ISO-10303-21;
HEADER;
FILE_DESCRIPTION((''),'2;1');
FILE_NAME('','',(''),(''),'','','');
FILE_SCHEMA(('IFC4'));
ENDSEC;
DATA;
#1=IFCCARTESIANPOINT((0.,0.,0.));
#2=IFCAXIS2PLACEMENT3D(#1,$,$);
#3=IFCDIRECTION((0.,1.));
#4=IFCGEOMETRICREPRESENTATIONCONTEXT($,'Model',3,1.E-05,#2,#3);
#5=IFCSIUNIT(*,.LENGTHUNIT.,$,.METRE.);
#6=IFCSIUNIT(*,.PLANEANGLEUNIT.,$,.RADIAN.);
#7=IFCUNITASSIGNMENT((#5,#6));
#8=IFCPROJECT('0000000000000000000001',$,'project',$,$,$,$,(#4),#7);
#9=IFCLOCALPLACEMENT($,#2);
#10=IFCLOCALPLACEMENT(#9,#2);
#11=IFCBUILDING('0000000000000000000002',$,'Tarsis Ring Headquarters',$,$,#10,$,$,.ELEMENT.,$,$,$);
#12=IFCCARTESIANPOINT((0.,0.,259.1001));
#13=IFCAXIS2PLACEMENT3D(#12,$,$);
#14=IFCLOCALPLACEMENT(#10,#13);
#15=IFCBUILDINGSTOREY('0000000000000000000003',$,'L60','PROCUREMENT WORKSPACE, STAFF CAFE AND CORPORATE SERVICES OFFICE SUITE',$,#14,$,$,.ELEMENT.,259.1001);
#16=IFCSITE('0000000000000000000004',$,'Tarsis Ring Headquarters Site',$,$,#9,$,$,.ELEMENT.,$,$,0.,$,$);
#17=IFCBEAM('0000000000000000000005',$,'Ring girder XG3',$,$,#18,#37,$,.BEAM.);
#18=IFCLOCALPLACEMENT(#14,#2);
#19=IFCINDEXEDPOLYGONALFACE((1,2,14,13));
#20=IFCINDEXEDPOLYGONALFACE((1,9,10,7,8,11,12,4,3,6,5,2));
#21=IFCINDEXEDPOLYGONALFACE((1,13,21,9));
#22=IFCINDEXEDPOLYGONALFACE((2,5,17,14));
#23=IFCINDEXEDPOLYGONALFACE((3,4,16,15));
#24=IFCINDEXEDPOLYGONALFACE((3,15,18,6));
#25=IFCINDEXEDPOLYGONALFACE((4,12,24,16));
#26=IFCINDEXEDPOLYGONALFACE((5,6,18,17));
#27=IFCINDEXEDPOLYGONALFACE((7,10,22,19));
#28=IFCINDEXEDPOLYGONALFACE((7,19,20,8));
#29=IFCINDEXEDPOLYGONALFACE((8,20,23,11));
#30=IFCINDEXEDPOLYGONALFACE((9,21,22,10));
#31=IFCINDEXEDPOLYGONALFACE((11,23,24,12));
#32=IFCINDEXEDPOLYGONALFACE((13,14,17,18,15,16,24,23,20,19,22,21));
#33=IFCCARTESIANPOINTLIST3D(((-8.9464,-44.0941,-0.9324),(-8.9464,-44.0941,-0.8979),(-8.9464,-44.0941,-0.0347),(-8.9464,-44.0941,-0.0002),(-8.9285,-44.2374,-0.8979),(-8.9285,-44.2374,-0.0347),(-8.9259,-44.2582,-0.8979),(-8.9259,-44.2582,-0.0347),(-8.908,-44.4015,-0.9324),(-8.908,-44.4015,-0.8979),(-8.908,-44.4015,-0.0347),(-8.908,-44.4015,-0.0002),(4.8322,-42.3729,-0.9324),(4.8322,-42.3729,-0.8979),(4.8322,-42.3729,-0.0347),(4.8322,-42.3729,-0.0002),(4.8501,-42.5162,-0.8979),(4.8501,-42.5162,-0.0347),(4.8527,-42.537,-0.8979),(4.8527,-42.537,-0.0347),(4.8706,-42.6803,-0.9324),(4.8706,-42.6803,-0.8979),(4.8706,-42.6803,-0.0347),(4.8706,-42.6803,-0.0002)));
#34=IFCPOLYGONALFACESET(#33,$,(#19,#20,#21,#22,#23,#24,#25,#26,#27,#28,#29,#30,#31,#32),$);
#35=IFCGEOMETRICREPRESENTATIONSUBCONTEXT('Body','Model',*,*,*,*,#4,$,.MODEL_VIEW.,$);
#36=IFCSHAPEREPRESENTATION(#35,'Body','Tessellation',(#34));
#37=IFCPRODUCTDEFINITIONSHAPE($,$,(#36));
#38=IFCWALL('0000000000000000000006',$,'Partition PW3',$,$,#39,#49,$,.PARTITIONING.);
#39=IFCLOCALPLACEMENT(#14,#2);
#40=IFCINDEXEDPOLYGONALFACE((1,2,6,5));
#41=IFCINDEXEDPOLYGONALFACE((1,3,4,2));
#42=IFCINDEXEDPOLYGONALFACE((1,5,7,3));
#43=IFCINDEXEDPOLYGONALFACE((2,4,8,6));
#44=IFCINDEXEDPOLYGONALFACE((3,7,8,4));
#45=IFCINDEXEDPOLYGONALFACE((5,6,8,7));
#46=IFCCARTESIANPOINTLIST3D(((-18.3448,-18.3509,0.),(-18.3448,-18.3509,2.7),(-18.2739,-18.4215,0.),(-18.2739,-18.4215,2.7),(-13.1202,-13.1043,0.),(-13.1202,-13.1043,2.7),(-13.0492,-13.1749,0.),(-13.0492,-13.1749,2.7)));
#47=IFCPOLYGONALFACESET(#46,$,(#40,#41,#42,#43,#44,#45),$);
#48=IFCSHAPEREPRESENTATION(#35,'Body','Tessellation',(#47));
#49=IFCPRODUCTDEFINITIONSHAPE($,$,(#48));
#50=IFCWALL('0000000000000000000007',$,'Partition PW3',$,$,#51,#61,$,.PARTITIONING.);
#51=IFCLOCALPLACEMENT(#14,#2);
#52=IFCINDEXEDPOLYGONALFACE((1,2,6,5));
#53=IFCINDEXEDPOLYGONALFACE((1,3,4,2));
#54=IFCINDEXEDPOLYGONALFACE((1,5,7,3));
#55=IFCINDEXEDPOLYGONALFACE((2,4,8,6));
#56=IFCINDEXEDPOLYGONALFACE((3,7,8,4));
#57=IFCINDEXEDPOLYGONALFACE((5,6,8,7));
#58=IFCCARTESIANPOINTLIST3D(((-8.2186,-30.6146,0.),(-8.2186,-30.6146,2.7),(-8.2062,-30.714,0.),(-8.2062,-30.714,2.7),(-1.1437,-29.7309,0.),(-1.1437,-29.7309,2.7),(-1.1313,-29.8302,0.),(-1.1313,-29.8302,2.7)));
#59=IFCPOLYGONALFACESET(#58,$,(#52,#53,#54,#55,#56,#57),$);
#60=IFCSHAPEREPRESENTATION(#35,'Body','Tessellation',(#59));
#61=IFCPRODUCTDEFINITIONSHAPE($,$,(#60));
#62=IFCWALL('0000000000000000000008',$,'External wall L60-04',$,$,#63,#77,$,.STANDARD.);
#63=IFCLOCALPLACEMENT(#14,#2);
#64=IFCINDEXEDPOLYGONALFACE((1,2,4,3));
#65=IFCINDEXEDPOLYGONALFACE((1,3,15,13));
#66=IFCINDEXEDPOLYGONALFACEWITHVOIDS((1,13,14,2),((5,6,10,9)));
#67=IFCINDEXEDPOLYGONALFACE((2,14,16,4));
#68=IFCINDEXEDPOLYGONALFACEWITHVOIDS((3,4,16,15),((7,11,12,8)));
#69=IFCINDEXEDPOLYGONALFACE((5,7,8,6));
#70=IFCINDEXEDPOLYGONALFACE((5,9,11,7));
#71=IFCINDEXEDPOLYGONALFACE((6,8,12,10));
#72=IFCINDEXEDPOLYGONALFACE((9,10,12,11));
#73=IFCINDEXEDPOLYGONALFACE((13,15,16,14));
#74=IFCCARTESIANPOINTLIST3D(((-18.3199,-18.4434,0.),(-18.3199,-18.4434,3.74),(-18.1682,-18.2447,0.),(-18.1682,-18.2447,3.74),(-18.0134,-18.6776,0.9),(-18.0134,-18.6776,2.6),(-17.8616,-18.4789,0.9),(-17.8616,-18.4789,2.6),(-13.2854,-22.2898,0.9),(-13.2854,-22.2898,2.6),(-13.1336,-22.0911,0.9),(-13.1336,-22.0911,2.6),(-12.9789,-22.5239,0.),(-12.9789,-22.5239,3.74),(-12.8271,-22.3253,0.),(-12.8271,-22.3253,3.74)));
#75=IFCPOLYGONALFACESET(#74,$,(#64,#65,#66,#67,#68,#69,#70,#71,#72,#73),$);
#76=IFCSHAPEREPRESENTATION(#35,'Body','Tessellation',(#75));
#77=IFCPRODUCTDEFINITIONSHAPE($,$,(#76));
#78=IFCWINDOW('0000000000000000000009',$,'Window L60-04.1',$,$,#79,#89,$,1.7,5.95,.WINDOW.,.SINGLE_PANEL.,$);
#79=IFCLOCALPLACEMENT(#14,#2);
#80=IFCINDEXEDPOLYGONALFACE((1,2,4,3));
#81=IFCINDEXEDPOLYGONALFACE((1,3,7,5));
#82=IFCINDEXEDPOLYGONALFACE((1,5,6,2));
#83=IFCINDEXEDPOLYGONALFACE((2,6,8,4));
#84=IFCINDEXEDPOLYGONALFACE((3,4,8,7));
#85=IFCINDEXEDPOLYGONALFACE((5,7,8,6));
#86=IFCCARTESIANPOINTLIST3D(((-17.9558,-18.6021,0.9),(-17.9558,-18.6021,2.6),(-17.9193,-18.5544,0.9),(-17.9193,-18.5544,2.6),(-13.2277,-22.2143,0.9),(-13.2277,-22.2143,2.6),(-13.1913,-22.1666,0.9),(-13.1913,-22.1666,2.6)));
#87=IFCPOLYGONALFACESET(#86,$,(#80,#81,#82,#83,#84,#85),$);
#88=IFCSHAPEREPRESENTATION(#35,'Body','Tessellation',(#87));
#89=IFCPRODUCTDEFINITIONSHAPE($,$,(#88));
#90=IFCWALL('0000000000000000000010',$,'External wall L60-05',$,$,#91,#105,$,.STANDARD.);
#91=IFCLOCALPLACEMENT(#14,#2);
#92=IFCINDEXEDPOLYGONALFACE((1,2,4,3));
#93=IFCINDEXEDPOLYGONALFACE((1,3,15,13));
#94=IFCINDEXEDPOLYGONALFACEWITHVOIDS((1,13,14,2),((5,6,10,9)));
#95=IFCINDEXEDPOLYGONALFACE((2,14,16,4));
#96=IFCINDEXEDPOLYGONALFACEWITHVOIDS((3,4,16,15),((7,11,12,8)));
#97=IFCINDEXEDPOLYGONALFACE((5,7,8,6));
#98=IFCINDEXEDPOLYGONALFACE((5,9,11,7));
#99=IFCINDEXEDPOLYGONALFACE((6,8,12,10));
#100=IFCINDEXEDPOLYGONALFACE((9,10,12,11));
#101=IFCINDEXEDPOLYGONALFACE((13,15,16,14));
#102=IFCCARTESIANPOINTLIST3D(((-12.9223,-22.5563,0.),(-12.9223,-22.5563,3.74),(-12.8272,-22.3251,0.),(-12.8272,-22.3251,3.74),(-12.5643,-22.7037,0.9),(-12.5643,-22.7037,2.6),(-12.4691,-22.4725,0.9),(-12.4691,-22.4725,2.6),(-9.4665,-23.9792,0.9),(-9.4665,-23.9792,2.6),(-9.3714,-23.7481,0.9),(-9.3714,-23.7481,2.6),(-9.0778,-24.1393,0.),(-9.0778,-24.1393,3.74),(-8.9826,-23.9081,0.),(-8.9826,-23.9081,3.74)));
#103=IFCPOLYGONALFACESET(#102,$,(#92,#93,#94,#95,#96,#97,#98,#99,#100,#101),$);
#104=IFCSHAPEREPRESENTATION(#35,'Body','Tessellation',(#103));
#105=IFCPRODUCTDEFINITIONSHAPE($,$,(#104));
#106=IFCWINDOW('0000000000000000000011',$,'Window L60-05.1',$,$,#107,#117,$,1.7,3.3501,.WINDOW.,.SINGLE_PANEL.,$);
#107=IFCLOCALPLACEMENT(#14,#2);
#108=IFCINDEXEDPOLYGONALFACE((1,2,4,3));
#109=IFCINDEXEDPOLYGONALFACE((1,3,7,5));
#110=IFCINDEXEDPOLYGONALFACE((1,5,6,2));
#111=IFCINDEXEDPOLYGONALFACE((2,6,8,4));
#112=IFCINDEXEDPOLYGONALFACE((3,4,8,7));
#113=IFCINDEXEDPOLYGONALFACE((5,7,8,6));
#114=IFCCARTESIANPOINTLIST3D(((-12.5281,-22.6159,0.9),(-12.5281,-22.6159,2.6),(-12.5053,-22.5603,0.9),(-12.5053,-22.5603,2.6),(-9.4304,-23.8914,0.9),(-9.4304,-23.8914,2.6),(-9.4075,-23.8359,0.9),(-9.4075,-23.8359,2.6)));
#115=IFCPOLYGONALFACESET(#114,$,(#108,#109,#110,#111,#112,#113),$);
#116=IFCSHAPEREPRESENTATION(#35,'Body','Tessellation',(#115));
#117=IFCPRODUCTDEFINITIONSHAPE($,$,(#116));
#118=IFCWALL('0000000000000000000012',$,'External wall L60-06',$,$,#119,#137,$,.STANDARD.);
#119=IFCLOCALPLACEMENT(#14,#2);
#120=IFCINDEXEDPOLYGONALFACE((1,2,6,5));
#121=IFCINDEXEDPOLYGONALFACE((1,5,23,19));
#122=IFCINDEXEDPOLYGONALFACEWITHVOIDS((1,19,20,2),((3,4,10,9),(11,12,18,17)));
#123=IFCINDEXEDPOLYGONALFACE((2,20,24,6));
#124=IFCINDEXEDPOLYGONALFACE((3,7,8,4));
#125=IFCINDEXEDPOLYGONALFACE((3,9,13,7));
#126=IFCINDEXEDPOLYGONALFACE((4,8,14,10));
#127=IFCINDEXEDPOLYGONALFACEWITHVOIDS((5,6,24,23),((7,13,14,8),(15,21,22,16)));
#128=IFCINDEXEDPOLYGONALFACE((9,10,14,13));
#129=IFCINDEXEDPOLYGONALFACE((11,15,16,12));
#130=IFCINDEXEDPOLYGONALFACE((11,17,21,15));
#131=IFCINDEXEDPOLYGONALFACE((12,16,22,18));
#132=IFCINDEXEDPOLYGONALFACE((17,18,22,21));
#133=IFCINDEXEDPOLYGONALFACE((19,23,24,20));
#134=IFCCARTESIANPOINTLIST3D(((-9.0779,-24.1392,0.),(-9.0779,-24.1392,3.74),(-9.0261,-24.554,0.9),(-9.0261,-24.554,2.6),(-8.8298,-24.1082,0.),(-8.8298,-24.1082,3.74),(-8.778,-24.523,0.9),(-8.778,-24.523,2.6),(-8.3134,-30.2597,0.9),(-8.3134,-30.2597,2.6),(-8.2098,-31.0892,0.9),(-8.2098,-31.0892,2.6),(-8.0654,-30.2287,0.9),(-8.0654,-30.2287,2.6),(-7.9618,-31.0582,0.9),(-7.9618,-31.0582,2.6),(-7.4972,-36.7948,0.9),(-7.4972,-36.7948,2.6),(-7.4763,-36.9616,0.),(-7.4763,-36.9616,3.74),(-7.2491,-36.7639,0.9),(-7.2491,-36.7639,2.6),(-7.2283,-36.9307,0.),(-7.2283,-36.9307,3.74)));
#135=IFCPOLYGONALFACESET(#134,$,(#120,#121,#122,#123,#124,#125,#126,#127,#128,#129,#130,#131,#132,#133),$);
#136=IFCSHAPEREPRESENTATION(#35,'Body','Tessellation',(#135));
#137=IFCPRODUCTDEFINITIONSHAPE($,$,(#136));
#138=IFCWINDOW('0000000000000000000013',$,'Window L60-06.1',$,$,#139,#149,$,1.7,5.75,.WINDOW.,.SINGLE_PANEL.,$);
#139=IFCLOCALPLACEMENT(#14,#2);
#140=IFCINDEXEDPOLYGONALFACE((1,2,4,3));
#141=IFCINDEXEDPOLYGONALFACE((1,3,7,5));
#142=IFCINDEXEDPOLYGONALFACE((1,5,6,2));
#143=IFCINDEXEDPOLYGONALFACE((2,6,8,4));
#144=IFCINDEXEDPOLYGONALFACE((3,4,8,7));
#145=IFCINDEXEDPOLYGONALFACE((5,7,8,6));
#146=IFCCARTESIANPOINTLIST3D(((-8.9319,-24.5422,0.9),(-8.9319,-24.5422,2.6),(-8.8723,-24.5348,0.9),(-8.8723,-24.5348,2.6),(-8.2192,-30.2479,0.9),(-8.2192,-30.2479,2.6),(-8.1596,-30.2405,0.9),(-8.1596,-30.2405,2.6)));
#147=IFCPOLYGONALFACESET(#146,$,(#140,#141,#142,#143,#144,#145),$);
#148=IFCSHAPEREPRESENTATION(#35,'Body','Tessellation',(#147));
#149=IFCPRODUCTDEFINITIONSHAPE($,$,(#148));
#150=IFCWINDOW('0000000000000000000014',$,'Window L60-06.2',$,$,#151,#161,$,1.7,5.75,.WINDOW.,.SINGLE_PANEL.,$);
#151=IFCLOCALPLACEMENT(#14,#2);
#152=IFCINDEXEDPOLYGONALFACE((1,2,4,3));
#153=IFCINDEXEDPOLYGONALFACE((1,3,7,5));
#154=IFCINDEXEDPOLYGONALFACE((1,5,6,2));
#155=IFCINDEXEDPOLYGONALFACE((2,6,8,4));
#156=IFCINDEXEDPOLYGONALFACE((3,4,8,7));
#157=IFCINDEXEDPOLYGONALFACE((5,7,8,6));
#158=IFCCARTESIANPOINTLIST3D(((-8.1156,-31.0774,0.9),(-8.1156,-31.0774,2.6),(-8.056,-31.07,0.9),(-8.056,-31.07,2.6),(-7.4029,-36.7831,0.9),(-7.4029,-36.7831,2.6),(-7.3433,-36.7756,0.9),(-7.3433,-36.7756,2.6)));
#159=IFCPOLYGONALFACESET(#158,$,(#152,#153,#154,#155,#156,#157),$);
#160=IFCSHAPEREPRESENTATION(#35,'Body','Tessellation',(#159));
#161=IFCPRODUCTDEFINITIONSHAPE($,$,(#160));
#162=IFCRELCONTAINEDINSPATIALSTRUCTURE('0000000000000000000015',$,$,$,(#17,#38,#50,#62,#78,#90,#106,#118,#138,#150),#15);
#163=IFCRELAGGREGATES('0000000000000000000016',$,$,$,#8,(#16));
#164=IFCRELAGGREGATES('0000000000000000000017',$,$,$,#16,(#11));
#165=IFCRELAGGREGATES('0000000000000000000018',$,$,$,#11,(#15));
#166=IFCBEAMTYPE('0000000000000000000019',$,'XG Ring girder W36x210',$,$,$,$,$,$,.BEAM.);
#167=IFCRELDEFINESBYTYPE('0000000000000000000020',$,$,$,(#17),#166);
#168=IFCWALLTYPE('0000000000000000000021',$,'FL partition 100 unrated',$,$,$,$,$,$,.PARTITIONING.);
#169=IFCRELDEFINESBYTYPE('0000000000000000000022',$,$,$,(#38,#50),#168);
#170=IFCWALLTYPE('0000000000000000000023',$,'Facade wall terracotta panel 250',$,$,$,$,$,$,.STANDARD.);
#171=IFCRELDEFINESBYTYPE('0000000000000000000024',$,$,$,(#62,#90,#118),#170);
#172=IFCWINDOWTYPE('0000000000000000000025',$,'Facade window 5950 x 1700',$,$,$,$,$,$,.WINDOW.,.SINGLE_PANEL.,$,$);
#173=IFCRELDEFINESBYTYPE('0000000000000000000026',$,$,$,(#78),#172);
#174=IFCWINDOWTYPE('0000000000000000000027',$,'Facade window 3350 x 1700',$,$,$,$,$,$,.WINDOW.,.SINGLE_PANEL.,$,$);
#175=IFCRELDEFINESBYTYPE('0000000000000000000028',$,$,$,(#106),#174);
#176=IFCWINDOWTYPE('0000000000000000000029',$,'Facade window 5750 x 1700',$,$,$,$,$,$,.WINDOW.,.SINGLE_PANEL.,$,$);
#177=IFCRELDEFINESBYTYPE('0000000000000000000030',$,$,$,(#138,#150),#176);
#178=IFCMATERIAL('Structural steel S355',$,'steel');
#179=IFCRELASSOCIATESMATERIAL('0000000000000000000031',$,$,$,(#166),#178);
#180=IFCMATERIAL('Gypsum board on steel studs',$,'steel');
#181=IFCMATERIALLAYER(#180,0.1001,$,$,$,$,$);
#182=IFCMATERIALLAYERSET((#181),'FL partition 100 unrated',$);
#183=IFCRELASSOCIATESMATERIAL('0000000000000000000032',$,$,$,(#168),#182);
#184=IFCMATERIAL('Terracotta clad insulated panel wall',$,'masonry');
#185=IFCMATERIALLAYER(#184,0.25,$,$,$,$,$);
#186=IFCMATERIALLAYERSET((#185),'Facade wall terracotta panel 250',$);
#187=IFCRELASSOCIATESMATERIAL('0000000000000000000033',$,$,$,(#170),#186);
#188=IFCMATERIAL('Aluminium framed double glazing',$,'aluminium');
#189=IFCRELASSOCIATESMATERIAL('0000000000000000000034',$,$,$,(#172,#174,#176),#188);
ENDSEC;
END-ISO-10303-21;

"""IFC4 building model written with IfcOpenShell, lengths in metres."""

from ifc_helpers import new_model, si_unit, direction, frame, frame_2d, origin, origin_2d, place, context, subcontext, project, spatial, rectangle, i_section, extrude, material, layer, layer_set, material_profile, profile_set, type_object, element, fill, save


model = new_model("IFC4")

# Units and contexts
model_context = context("Model", 3, precision=1e-05, world=origin(), true_north=direction((0.0, 1.0)))
body_context = subcontext(model_context, "Body", "Model", "MODEL_VIEW")
ifc_project = project(units=[si_unit("LENGTHUNIT", "METRE"), si_unit("PLANEANGLEUNIT", "RADIAN")], contexts=[model_context])

# Site, building, storey
site_placement = place(None, origin())
site = spatial("IfcSite", under=ifc_project, at=site_placement, Name="Tarsis Ring Headquarters Site", CompositionType="ELEMENT", RefElevation=0.0)
building_placement = place(site_placement, origin())
building = spatial("IfcBuilding", under=site, at=building_placement, Name="Tarsis Ring Headquarters", CompositionType="ELEMENT")
storey_placement = place(building_placement, frame((0.0, 0.0, 259.1001)))
storey = spatial("IfcBuildingStorey", under=building, at=storey_placement, Name="L60", Description="PROCUREMENT WORKSPACE, STAFF CAFE AND CORPORATE SERVICES OFFICE SUITE", CompositionType="ELEMENT", Elevation=259.1001)

# Shared definitions
ifc_material_1 = material(Name="Structural steel S355", Category="steel")

# Beam
ifc_material_profile_1 = material_profile(ifc_material_1, i_section(OverallWidth=0.3098, OverallDepth=0.9321, WebThickness=0.021, FlangeThickness=0.0344, at=origin_2d()), Name="W36x210")
ifc_profile_set_1 = profile_set([ifc_material_profile_1], Name="Structural steel S355")
beam_type_1 = type_object("IfcBeamType", Name="XG Ring girder W36x210", PredefinedType="BEAM", material=ifc_profile_set_1)
beam_1_placement = place(storey_placement, frame((-8.9272, -44.2478, -0.4663), z_axis=(0.992288, 0.123955, 0.0), x_axis=(-0.123955, 0.992288, 0.0)))
element("IfcBeam", 1, at=beam_1_placement, inside=storey, type_object=beam_type_1, Name="Ring girder XG3", PredefinedType="BEAM", context=body_context, shape_type="SweptSolid", body=[
    extrude(i_section(OverallWidth=0.3098, OverallDepth=0.9321, WebThickness=0.021, FlangeThickness=0.0344, at=origin_2d()), origin(), (0.0, 0.0, 1.0), 13.8857),
])

# Walls
ifc_material_2 = material(Name="Gypsum board on steel studs", Category="steel")
ifc_layer_1 = layer(ifc_material_2, 0.1001)
ifc_layer_set_1 = layer_set([ifc_layer_1], Name="FL partition 100 unrated")
wall_type_1 = type_object("IfcWallType", Name="FL partition 100 unrated", PredefinedType="PARTITIONING", material=ifc_layer_set_1)
wall_1_placement = place(storey_placement, frame((-18.3093, -18.3862, 0.0), z_axis=(0.0, 0.0, 1.0), x_axis=(0.705621, 0.708589, 0.0)))
element("IfcWall", 2, at=wall_1_placement, inside=storey, type_object=wall_type_1, Name="Partition PW3", PredefinedType="PARTITIONING", context=body_context, shape_type="SweptSolid", body=[
    extrude(rectangle(XDim=7.4043, YDim=0.1001, at=frame_2d((3.7021, 0.0))), origin(), (0.0, 0.0, 1.0), 2.7),
])
wall_2_placement = place(storey_placement, frame((-8.2124, -30.6643, 0.0), z_axis=(0.0, 0.0, 1.0), x_axis=(0.992288, 0.123955, 0.0)))
element("IfcWall", 3, at=wall_2_placement, inside=storey, type_object=wall_type_1, Name="Partition PW3", PredefinedType="PARTITIONING", context=body_context, shape_type="SweptSolid", body=[
    extrude(rectangle(XDim=7.1299, YDim=0.1001, at=frame_2d((3.5649, 0.0))), origin(), (0.0, 0.0, 1.0), 2.7),
])

# Walls, openings, windows
ifc_material_3 = material(Name="Terracotta clad insulated panel wall", Category="masonry")
ifc_layer_2 = layer(ifc_material_3, 0.25)
ifc_layer_set_2 = layer_set([ifc_layer_2], Name="Facade wall terracotta panel 250")
wall_type_2 = type_object("IfcWallType", Name="Facade wall terracotta panel 250", PredefinedType="STANDARD", material=ifc_layer_set_2)
wall_3_placement = place(storey_placement, frame((-18.2441, -18.344, 0.0), z_axis=(0.0, 0.0, 1.0), x_axis=(0.794629, -0.607095, 0.0)))
wall_3 = element("IfcWall", 4, at=wall_3_placement, inside=storey, type_object=wall_type_2, Name="External wall L60-04", PredefinedType="STANDARD", context=body_context, shape_type="SweptSolid", body=[
    extrude(rectangle(XDim=6.7214, YDim=0.25, at=frame_2d((3.3608, 0.0))), origin(), (0.0, 0.0, 1.0), 3.74),
])
opening_1_placement = place(wall_3_placement, frame((0.3857, 0.0, 0.8999)))
opening_1 = element("IfcOpeningElement", 5, at=opening_1_placement, cuts=wall_3, PredefinedType="OPENING", context=body_context, shape_type="SweptSolid", body=[
    extrude(rectangle(XDim=5.95, YDim=1.7, at=frame_2d((2.9751, 0.8501))), frame((0.0, 0.135, 0.0), z_axis=(0.0, -1.0, 0.0), x_axis=(1.0, 0.0, 0.0)), (0.0, 0.0, 1.0), 0.27),
])
ifc_material_4 = material(Name="Aluminium framed double glazing", Category="aluminium")
window_type_1 = type_object("IfcWindowType", Name="Facade window 5950 x 1700", PartitioningType="SINGLE_PANEL", PredefinedType="WINDOW", material=ifc_material_4)
window_1_placement = place(opening_1_placement, origin())
window_1 = element("IfcWindow", 6, at=window_1_placement, inside=storey, type_object=window_type_1, Name="Window L60-04.1", OverallHeight=1.7, OverallWidth=5.95, PartitioningType="SINGLE_PANEL", PredefinedType="WINDOW", context=body_context, shape_type="SweptSolid", body=[
    extrude(rectangle(XDim=5.95, YDim=1.7, at=frame_2d((2.9751, 0.8501))), frame((0.0, 0.03, 0.0), z_axis=(0.0, -1.0, 0.0), x_axis=(1.0, 0.0, 0.0)), (0.0, 0.0, 1.0), 0.0601),
])
fill(opening_1, window_1)
wall_4_placement = place(storey_placement, frame((-12.8748, -22.4407, 0.0), z_axis=(0.0, 0.0, 1.0), x_axis=(0.924679, -0.380747, 0.0)))
wall_4 = element("IfcWall", 7, at=wall_4_placement, inside=storey, type_object=wall_type_2, Name="External wall L60-05", PredefinedType="STANDARD", context=body_context, shape_type="SweptSolid", body=[
    extrude(rectangle(XDim=4.1577, YDim=0.25, at=frame_2d((2.0789, 0.0))), origin(), (0.0, 0.0, 1.0), 3.74),
])
opening_2_placement = place(wall_4_placement, frame((0.3872, 0.0, 0.8999)))
opening_2 = element("IfcOpeningElement", 8, at=opening_2_placement, cuts=wall_4, PredefinedType="OPENING", context=body_context, shape_type="SweptSolid", body=[
    extrude(rectangle(XDim=3.3501, YDim=1.7, at=frame_2d((1.675, 0.8501))), frame((0.0, 0.135, 0.0), z_axis=(0.0, -1.0, 0.0), x_axis=(1.0, 0.0, 0.0)), (0.0, 0.0, 1.0), 0.27),
])
window_type_2 = type_object("IfcWindowType", Name="Facade window 3350 x 1700", PartitioningType="SINGLE_PANEL", PredefinedType="WINDOW", material=ifc_material_4)
window_2_placement = place(opening_2_placement, origin())
window_2 = element("IfcWindow", 9, at=window_2_placement, inside=storey, type_object=window_type_2, Name="Window L60-05.1", OverallHeight=1.7, OverallWidth=3.3501, PartitioningType="SINGLE_PANEL", PredefinedType="WINDOW", context=body_context, shape_type="SweptSolid", body=[
    extrude(rectangle(XDim=3.3501, YDim=1.7, at=frame_2d((1.675, 0.8501))), frame((0.0, 0.03, 0.0), z_axis=(0.0, -1.0, 0.0), x_axis=(1.0, 0.0, 0.0)), (0.0, 0.0, 1.0), 0.0601),
])
fill(opening_2, window_2)

# Wall, openings, windows
wall_5_placement = place(storey_placement, frame((-8.9539, -24.1238, 0.0), z_axis=(0.0, 0.0, 1.0), x_axis=(0.123939, -0.99229, 0.0)))
wall_5 = element("IfcWall", 10, at=wall_5_placement, inside=storey, type_object=wall_type_2, Name="External wall L60-06", PredefinedType="STANDARD", context=body_context, shape_type="SweptSolid", body=[
    extrude(rectangle(XDim=12.9221, YDim=0.25, at=frame_2d((6.4609, 0.0))), origin(), (0.0, 0.0, 1.0), 3.74),
])
opening_3_placement = place(wall_5_placement, frame((0.418, 0.0, 0.8999)))
opening_3 = element("IfcOpeningElement", 11, at=opening_3_placement, cuts=wall_5, PredefinedType="OPENING", context=body_context, shape_type="SweptSolid", body=[
    extrude(rectangle(XDim=5.75, YDim=1.7, at=frame_2d((2.875, 0.8501))), frame((0.0, 0.135, 0.0), z_axis=(0.0, -1.0, 0.0), x_axis=(1.0, 0.0, 0.0)), (0.0, 0.0, 1.0), 0.27),
])
opening_4_placement = place(wall_5_placement, frame((7.0039, 0.0, 0.8999)))
opening_4 = element("IfcOpeningElement", 12, at=opening_4_placement, cuts=wall_5, PredefinedType="OPENING", context=body_context, shape_type="SweptSolid", body=[
    extrude(rectangle(XDim=5.75, YDim=1.7, at=frame_2d((2.875, 0.8501))), frame((0.0, 0.135, 0.0), z_axis=(0.0, -1.0, 0.0), x_axis=(1.0, 0.0, 0.0)), (0.0, 0.0, 1.0), 0.27),
])
window_type_3 = type_object("IfcWindowType", Name="Facade window 5750 x 1700", PartitioningType="SINGLE_PANEL", PredefinedType="WINDOW", material=ifc_material_4)
window_3_placement = place(opening_3_placement, origin())
window_3 = element("IfcWindow", 13, at=window_3_placement, inside=storey, type_object=window_type_3, Name="Window L60-06.1", OverallHeight=1.7, OverallWidth=5.75, PartitioningType="SINGLE_PANEL", PredefinedType="WINDOW", context=body_context, shape_type="SweptSolid", body=[
    extrude(rectangle(XDim=5.75, YDim=1.7, at=frame_2d((2.875, 0.8501))), frame((0.0, 0.03, 0.0), z_axis=(0.0, -1.0, 0.0), x_axis=(1.0, 0.0, 0.0)), (0.0, 0.0, 1.0), 0.0601),
])
fill(opening_3, window_3)
window_4_placement = place(opening_4_placement, origin())
window_4 = element("IfcWindow", 14, at=window_4_placement, inside=storey, type_object=window_type_3, Name="Window L60-06.2", OverallHeight=1.7, OverallWidth=5.75, PartitioningType="SINGLE_PANEL", PredefinedType="WINDOW", context=body_context, shape_type="SweptSolid", body=[
    extrude(rectangle(XDim=5.75, YDim=1.7, at=frame_2d((2.875, 0.8501))), frame((0.0, 0.03, 0.0), z_axis=(0.0, -1.0, 0.0), x_axis=(1.0, 0.0, 0.0)), (0.0, 0.0, 1.0), 0.0601),
])
fill(opening_4, window_4)

save(model, "model.ifc")
